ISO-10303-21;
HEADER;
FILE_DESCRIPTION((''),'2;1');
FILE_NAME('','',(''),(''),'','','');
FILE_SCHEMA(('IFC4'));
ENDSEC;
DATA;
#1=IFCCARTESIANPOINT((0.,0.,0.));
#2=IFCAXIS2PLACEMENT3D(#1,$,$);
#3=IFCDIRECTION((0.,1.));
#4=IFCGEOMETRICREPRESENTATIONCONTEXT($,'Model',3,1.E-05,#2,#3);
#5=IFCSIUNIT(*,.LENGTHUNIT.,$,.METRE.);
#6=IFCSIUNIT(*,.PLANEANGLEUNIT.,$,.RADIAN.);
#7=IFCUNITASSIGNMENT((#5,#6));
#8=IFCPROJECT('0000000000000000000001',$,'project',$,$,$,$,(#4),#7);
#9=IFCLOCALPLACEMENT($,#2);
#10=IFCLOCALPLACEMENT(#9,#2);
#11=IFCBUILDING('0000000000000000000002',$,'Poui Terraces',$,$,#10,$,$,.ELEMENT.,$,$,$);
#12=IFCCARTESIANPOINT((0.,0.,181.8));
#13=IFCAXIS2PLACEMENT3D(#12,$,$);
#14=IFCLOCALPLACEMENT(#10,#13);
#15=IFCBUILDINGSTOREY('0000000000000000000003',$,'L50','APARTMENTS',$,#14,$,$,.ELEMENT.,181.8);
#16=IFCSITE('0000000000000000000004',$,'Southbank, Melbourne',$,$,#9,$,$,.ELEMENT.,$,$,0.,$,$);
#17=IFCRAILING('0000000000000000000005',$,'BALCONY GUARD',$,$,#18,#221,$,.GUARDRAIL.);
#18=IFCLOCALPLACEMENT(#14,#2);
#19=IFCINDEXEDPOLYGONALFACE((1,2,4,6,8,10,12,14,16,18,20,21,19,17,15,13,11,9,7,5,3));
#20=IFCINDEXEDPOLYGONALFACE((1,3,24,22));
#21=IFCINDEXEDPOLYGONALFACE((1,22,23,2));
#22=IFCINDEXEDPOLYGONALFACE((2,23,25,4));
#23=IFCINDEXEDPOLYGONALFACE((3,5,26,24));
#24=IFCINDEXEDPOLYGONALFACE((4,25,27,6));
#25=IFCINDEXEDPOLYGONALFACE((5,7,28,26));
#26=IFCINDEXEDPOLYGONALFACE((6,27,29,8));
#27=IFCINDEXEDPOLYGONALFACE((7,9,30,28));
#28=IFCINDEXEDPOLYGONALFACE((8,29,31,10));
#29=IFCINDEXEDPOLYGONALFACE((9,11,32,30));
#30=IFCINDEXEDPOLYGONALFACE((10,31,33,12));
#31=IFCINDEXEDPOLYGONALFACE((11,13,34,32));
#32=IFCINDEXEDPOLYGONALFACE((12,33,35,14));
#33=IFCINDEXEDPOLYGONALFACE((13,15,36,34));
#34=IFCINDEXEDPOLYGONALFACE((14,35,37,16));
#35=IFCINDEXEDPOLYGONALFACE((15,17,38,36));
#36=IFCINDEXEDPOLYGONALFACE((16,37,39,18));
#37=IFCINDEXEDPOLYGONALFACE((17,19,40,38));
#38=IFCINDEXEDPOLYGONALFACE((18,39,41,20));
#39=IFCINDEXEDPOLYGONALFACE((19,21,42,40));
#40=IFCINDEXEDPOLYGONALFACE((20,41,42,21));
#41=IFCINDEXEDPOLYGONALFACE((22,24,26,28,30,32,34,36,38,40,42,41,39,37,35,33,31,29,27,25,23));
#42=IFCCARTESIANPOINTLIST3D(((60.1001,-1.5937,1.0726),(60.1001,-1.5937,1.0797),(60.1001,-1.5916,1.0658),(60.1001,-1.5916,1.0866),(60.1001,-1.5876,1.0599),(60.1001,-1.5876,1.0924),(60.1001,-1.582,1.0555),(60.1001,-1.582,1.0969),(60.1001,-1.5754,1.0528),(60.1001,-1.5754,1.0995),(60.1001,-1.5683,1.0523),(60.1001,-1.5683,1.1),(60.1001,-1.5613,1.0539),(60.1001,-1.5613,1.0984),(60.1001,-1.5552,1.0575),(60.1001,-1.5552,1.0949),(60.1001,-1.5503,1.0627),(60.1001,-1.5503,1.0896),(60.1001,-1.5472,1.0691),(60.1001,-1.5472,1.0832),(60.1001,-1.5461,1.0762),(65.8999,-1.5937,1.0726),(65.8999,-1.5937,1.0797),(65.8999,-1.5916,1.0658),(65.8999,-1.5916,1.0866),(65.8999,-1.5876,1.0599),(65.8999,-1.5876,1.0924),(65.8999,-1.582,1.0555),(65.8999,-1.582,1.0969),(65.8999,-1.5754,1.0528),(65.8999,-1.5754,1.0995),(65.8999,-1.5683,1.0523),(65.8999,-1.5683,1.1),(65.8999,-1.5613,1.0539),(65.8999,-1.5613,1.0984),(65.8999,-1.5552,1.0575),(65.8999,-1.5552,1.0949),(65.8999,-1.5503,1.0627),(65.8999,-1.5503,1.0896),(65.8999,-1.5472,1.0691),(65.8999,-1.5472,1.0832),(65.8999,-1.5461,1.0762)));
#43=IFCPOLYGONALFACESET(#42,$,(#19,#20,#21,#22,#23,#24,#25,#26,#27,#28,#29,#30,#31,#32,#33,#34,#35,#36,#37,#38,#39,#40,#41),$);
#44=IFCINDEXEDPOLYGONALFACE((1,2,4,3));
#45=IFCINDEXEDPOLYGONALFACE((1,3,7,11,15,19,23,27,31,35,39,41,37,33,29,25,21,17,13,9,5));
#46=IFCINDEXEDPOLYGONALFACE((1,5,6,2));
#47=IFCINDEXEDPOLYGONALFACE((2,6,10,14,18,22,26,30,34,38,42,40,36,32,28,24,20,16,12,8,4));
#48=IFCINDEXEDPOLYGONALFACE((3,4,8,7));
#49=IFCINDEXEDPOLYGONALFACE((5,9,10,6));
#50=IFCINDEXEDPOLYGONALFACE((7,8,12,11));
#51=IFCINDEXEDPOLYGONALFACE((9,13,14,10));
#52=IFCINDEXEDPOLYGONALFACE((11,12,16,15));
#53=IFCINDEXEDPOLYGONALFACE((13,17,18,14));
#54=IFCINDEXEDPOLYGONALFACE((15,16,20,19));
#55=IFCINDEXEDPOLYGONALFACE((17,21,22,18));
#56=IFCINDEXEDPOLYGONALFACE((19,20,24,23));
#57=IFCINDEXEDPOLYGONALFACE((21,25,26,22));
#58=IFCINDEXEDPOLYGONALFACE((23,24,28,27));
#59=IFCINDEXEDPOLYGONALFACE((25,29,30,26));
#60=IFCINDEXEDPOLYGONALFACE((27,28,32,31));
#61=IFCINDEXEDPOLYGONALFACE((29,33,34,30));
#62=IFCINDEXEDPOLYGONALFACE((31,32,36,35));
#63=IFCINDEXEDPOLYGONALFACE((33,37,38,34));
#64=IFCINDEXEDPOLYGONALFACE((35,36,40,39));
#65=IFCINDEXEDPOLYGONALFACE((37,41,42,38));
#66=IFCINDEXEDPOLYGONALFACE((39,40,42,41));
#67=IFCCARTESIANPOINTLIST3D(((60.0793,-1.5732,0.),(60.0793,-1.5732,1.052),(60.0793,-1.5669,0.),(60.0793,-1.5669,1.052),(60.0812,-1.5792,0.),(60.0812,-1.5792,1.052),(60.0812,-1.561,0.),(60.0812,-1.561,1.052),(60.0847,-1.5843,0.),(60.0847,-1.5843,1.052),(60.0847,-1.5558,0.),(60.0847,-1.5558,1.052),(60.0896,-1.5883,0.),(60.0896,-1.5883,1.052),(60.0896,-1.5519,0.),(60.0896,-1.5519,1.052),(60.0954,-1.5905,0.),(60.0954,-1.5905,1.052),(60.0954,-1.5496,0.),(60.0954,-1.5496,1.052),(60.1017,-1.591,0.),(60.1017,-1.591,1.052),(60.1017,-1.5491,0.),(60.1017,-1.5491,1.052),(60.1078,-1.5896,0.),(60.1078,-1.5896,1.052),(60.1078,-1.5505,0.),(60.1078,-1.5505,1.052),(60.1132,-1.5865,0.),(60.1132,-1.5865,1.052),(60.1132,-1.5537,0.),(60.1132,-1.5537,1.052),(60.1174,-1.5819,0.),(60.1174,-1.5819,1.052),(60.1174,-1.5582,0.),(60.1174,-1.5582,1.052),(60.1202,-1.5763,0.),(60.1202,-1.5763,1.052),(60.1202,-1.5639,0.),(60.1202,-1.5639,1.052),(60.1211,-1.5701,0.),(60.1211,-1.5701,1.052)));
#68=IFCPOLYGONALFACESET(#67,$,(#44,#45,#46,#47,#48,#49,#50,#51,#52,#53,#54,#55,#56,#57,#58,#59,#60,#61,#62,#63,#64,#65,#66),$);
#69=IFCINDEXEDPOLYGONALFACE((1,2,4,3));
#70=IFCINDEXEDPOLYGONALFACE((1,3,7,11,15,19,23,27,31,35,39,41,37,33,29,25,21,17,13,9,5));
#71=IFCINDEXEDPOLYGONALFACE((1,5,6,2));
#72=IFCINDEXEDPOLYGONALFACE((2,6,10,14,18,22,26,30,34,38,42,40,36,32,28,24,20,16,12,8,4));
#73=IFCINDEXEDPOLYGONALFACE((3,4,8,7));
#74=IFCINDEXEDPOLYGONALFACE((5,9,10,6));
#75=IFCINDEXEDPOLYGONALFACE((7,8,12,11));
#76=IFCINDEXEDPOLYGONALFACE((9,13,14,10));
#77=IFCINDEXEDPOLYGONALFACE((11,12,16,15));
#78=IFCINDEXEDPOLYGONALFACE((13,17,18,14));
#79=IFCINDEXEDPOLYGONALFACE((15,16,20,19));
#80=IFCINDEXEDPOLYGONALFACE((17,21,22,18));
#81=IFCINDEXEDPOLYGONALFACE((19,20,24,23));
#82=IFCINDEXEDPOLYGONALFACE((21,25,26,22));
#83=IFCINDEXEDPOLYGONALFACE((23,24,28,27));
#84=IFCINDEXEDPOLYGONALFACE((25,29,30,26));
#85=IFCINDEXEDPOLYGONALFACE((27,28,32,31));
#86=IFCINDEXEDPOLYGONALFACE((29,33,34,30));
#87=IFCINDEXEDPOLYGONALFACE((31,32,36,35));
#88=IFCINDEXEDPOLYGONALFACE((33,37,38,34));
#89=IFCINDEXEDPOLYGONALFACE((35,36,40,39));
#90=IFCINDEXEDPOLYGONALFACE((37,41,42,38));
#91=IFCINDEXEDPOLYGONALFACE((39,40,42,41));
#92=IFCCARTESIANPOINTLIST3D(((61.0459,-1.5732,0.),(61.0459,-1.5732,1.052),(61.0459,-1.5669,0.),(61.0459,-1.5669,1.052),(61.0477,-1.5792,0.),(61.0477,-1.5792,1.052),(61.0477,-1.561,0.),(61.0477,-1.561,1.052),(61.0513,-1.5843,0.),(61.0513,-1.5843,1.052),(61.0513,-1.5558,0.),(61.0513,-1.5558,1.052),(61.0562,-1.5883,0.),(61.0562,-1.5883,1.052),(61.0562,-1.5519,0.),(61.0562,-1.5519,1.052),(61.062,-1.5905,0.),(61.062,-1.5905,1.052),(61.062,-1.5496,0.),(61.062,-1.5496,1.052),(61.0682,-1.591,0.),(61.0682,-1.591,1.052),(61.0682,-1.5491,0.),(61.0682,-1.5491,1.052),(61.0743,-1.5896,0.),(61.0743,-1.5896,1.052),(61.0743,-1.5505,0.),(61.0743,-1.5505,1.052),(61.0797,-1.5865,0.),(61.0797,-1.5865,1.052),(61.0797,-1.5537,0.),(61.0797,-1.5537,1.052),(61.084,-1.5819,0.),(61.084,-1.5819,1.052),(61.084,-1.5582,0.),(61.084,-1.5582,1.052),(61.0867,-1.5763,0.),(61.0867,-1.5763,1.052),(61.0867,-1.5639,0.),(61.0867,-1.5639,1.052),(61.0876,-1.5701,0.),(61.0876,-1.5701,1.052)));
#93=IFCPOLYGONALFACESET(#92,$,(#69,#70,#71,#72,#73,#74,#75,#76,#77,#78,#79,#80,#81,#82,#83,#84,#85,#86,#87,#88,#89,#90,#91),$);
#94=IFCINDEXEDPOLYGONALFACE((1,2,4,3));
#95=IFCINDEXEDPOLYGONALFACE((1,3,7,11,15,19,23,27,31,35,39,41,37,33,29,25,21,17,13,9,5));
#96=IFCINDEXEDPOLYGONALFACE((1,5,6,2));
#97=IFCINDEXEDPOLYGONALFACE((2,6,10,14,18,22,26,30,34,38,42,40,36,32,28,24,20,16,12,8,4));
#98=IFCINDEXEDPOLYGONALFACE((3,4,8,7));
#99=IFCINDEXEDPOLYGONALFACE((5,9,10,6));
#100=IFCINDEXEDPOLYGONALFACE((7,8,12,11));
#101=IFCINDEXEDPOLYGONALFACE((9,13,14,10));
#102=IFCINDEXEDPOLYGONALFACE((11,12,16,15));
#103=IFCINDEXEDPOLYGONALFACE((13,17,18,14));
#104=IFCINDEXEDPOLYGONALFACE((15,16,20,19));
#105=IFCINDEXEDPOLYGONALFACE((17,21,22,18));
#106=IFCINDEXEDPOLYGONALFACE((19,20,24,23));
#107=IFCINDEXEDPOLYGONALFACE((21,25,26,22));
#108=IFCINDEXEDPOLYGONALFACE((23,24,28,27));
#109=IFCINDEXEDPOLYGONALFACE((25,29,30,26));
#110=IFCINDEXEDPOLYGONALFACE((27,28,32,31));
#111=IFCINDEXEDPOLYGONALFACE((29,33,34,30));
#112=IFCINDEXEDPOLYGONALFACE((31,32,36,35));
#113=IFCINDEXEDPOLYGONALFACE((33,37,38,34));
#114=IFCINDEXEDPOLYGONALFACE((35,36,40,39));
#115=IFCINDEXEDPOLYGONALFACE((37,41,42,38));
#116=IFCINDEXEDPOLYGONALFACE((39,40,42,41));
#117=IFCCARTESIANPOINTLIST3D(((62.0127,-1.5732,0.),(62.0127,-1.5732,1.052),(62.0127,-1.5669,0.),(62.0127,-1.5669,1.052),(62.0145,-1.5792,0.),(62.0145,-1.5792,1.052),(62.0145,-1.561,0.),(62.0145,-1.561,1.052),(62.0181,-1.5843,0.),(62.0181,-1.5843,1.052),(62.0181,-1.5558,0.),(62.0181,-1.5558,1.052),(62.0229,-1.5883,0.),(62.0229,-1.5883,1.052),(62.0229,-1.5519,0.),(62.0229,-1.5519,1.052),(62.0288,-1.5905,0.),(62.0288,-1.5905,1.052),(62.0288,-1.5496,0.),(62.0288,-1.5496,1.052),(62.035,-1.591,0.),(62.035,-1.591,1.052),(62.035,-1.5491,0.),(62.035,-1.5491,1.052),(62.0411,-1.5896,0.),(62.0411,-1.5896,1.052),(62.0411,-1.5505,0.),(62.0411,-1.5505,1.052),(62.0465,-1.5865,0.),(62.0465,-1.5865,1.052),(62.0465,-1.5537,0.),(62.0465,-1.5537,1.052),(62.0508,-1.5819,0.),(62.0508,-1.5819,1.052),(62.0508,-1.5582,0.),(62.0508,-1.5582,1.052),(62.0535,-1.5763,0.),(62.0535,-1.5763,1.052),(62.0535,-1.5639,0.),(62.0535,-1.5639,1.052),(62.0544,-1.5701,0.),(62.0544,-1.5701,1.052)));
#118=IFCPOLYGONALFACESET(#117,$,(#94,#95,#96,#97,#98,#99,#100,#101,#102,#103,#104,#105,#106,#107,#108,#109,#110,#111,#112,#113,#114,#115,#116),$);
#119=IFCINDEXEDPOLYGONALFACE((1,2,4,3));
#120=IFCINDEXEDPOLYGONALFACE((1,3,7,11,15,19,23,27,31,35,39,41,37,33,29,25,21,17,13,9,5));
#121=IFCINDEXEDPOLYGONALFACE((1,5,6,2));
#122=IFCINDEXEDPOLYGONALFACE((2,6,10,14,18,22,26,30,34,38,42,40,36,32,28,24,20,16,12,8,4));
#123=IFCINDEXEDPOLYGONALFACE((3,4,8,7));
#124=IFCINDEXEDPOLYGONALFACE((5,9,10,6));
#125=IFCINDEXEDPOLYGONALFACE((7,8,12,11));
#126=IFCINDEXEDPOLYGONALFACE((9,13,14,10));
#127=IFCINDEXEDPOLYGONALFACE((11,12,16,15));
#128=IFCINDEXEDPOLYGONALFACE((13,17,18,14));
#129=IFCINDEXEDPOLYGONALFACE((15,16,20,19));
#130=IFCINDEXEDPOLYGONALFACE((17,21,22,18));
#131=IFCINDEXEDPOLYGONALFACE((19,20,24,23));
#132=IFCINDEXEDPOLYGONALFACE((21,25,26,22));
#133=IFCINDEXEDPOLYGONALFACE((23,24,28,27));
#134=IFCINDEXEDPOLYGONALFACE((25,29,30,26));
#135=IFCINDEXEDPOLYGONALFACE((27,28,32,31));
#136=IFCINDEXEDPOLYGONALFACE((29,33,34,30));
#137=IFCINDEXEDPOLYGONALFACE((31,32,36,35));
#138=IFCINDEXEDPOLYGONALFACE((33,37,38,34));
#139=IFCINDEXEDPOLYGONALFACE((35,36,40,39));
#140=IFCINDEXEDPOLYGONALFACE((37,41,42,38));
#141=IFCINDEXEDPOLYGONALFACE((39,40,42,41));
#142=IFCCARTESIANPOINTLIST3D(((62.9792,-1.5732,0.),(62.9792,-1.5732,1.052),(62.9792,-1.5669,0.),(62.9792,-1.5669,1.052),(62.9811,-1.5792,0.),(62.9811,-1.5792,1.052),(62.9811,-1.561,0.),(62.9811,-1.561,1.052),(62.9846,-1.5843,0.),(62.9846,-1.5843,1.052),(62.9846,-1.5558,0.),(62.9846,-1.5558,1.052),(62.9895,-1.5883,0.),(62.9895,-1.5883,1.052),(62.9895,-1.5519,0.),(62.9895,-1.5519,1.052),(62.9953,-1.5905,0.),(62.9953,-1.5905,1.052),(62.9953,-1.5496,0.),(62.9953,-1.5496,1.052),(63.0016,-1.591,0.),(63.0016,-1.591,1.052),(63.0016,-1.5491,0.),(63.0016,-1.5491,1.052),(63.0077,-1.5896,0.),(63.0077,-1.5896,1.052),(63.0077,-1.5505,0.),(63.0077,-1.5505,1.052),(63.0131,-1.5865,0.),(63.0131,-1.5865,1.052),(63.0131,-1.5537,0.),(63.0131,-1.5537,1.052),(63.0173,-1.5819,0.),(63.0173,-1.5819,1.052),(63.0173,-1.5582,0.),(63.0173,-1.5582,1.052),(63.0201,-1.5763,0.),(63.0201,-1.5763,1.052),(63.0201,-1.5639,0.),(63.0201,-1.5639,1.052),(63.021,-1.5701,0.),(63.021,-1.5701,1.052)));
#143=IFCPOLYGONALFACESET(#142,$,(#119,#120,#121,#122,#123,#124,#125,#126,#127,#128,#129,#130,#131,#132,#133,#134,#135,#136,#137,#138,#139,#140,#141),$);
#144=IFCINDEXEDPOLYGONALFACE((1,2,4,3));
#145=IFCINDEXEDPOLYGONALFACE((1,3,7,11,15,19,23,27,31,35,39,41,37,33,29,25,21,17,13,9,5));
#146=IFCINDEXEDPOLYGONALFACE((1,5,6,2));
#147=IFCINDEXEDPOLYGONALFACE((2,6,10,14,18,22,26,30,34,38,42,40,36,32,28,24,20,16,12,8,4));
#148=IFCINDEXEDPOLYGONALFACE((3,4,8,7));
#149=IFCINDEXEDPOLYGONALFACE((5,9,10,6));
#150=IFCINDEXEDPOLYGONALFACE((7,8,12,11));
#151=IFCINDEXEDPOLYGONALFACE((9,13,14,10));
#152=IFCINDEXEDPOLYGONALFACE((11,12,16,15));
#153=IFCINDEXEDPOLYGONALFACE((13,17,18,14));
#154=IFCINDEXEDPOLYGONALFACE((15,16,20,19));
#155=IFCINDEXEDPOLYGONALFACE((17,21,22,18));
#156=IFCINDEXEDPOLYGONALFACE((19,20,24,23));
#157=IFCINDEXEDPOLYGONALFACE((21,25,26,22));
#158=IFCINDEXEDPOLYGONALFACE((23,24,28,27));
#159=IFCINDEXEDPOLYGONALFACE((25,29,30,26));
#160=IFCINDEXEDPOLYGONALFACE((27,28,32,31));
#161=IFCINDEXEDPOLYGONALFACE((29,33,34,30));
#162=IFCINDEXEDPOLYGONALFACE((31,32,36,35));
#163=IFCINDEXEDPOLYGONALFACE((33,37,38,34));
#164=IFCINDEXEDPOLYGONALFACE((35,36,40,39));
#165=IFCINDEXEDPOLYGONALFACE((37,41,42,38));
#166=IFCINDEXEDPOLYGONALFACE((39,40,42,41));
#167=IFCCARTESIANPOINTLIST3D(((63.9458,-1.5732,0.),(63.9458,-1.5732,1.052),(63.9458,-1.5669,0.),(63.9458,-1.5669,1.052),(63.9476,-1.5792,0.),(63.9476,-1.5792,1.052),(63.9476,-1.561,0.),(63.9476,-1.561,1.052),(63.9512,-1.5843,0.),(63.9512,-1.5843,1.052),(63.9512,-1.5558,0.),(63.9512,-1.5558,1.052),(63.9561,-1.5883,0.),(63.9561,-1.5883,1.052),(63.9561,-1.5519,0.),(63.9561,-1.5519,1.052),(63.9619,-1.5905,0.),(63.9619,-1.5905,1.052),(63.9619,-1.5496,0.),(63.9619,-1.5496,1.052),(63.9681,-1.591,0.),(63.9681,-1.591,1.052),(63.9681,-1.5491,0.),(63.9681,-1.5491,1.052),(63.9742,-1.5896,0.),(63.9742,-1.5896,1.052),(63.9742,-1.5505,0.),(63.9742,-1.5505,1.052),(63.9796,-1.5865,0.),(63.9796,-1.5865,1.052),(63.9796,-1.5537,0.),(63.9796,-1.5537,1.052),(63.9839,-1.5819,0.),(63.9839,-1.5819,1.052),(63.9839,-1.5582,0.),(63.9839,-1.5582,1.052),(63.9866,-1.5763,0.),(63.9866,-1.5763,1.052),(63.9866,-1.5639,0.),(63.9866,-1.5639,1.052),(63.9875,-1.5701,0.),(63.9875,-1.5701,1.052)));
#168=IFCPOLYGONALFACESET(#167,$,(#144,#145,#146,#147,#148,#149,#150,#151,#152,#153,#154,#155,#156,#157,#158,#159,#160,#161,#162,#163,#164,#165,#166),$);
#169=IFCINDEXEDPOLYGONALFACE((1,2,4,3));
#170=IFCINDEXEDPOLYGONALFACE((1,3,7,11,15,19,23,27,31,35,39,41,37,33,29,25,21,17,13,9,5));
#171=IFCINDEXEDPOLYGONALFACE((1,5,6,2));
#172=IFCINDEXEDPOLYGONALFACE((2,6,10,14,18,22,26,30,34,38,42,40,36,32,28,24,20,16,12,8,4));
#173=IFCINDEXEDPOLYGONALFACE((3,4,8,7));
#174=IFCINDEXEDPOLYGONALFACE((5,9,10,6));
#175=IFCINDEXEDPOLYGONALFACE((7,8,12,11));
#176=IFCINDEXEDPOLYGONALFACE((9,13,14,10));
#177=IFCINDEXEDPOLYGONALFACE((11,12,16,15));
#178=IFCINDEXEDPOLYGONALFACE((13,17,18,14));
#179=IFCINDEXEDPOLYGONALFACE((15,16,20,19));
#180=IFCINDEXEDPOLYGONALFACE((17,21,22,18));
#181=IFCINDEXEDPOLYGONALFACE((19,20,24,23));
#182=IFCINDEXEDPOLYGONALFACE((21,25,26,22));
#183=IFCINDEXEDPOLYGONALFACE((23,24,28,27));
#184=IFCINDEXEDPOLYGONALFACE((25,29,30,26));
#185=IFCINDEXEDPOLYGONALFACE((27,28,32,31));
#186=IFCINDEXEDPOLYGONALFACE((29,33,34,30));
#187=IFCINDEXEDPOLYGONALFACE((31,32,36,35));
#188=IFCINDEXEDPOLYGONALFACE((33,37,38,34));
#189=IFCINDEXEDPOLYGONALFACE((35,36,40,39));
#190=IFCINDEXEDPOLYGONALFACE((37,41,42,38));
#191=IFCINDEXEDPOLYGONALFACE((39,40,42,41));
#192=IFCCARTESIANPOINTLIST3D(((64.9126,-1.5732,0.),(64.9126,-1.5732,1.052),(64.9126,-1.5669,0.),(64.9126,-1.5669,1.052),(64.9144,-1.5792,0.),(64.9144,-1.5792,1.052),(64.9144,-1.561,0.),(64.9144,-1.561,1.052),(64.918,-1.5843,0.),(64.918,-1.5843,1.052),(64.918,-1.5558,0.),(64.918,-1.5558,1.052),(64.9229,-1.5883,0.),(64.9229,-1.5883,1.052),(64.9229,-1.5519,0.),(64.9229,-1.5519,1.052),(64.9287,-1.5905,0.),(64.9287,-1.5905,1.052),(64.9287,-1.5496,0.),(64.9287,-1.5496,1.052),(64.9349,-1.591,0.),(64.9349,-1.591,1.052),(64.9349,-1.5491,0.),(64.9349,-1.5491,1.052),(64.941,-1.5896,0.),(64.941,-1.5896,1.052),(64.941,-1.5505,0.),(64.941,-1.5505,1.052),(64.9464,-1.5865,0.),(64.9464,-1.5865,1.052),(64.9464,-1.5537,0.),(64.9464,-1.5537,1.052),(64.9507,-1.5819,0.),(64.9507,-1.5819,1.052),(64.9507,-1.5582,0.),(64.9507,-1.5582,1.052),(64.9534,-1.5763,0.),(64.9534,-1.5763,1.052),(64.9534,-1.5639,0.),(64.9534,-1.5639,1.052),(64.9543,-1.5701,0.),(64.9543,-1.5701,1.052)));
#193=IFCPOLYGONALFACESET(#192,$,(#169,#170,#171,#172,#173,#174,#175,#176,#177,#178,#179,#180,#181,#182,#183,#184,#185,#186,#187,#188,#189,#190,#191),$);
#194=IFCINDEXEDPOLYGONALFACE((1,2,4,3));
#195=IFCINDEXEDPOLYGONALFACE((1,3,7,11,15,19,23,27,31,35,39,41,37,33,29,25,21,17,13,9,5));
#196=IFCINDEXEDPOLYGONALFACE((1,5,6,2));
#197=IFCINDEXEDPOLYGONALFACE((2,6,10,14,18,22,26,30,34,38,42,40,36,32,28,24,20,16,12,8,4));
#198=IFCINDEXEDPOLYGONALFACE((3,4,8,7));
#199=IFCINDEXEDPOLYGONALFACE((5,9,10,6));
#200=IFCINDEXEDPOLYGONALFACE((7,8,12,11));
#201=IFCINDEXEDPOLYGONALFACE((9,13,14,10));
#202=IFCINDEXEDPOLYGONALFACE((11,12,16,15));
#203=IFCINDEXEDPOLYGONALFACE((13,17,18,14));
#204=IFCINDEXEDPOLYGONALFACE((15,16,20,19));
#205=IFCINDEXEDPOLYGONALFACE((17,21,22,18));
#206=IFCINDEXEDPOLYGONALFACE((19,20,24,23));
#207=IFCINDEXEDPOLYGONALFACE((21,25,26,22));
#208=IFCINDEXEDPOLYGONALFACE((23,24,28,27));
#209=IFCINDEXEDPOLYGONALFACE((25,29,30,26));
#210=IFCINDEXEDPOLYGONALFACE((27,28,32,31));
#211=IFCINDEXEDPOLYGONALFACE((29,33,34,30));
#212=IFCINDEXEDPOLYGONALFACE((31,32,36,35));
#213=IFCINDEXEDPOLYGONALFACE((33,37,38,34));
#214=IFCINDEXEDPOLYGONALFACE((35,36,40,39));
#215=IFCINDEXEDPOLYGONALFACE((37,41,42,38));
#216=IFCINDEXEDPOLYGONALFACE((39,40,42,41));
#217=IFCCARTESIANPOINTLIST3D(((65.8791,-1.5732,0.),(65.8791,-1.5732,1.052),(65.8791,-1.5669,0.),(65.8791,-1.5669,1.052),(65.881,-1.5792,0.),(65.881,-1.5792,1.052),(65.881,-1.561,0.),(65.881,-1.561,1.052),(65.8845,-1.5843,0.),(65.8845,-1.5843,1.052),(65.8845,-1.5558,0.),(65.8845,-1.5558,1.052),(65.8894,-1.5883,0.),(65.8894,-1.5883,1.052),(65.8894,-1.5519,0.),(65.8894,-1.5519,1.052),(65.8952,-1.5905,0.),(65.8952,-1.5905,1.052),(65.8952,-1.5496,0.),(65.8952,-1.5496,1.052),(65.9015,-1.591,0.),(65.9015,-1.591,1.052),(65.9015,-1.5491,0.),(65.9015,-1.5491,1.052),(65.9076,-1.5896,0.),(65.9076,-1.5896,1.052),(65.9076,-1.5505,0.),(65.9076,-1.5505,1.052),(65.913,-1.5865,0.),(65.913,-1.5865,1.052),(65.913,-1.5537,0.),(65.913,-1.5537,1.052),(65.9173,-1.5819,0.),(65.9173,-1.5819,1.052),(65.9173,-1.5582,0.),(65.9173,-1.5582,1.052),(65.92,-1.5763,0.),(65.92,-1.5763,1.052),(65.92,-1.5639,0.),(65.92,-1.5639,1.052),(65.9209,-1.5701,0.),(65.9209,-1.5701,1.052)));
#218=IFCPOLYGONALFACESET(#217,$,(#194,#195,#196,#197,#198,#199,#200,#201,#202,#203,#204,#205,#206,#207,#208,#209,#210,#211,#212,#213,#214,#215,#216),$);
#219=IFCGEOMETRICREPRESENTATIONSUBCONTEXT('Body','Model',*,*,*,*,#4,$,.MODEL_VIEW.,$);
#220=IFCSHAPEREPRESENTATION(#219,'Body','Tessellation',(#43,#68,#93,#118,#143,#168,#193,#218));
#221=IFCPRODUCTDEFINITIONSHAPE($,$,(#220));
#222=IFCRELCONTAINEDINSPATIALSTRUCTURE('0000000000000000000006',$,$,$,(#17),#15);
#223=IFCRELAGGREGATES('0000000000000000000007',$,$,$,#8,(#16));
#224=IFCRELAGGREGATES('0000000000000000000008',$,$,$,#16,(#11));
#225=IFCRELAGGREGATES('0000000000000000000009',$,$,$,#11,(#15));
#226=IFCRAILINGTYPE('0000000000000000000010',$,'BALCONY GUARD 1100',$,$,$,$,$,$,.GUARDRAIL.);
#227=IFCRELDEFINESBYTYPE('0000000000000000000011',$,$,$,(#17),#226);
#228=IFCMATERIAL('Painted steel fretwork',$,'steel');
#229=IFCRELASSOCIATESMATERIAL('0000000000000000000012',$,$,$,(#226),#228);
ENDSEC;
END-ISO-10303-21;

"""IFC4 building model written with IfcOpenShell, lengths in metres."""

from ifc_helpers import new_model, si_unit, direction, frame, origin, origin_2d, place, context, subcontext, project, spatial, circle, extrude, material, type_object, element, save


model = new_model("IFC4")

# Units and contexts
model_context = context("Model", 3, precision=1e-05, world=origin(), true_north=direction((0.0, 1.0)))
body_context = subcontext(model_context, "Body", "Model", "MODEL_VIEW")
ifc_project = project(units=[si_unit("LENGTHUNIT", "METRE"), si_unit("PLANEANGLEUNIT", "RADIAN")], contexts=[model_context])

# Site, building, storey
site_placement = place(None, origin())
site = spatial("IfcSite", under=ifc_project, at=site_placement, Name="Southbank, Melbourne", CompositionType="ELEMENT", RefElevation=0.0)
building_placement = place(site_placement, origin())
building = spatial("IfcBuilding", under=site, at=building_placement, Name="Poui Terraces", CompositionType="ELEMENT")
storey_placement = place(building_placement, frame((0.0, 0.0, 181.8)))
storey = spatial("IfcBuildingStorey", under=building, at=storey_placement, Name="L50", Description="APARTMENTS", CompositionType="ELEMENT", Elevation=181.8)

# Railing
ifc_material_1 = material(Name="Painted steel fretwork", Category="steel")
railing_type = type_object("IfcRailingType", Name="BALCONY GUARD 1100", PredefinedType="GUARDRAIL", material=ifc_material_1)
railing_placement = place(storey_placement, frame((60.1001, -1.5701, 0.0)))
element("IfcRailing", 1, at=railing_placement, inside=storey, type_object=railing_type, Name="BALCONY GUARD", PredefinedType="GUARDRAIL", context=body_context, shape_type="SweptSolid", body=[
    extrude(circle(Radius=0.0239, at=origin_2d()), frame((0.0, 0.0, 1.0762), z_axis=(1.0, 0.0, 0.0), x_axis=(0.0, 1.0, 0.0)), (0.0, 0.0, 1.0), 5.7998),
    extrude(circle(Radius=0.021, at=origin_2d()), origin(), (0.0, 0.0, 1.0), 1.052),
    extrude(circle(Radius=0.021, at=origin_2d()), frame((0.9666, 0.0, 0.0)), (0.0, 0.0, 1.0), 1.052),
    extrude(circle(Radius=0.021, at=origin_2d()), frame((1.9333, 0.0, 0.0)), (0.0, 0.0, 1.0), 1.052),
    extrude(circle(Radius=0.021, at=origin_2d()), frame((2.8999, 0.0, 0.0)), (0.0, 0.0, 1.0), 1.052),
    extrude(circle(Radius=0.021, at=origin_2d()), frame((3.8665, 0.0, 0.0)), (0.0, 0.0, 1.0), 1.052),
    extrude(circle(Radius=0.021, at=origin_2d()), frame((4.8333, 0.0, 0.0)), (0.0, 0.0, 1.0), 1.052),
    extrude(circle(Radius=0.021, at=origin_2d()), frame((5.7998, 0.0, 0.0)), (0.0, 0.0, 1.0), 1.052),
])

save(model, "model.ifc")
